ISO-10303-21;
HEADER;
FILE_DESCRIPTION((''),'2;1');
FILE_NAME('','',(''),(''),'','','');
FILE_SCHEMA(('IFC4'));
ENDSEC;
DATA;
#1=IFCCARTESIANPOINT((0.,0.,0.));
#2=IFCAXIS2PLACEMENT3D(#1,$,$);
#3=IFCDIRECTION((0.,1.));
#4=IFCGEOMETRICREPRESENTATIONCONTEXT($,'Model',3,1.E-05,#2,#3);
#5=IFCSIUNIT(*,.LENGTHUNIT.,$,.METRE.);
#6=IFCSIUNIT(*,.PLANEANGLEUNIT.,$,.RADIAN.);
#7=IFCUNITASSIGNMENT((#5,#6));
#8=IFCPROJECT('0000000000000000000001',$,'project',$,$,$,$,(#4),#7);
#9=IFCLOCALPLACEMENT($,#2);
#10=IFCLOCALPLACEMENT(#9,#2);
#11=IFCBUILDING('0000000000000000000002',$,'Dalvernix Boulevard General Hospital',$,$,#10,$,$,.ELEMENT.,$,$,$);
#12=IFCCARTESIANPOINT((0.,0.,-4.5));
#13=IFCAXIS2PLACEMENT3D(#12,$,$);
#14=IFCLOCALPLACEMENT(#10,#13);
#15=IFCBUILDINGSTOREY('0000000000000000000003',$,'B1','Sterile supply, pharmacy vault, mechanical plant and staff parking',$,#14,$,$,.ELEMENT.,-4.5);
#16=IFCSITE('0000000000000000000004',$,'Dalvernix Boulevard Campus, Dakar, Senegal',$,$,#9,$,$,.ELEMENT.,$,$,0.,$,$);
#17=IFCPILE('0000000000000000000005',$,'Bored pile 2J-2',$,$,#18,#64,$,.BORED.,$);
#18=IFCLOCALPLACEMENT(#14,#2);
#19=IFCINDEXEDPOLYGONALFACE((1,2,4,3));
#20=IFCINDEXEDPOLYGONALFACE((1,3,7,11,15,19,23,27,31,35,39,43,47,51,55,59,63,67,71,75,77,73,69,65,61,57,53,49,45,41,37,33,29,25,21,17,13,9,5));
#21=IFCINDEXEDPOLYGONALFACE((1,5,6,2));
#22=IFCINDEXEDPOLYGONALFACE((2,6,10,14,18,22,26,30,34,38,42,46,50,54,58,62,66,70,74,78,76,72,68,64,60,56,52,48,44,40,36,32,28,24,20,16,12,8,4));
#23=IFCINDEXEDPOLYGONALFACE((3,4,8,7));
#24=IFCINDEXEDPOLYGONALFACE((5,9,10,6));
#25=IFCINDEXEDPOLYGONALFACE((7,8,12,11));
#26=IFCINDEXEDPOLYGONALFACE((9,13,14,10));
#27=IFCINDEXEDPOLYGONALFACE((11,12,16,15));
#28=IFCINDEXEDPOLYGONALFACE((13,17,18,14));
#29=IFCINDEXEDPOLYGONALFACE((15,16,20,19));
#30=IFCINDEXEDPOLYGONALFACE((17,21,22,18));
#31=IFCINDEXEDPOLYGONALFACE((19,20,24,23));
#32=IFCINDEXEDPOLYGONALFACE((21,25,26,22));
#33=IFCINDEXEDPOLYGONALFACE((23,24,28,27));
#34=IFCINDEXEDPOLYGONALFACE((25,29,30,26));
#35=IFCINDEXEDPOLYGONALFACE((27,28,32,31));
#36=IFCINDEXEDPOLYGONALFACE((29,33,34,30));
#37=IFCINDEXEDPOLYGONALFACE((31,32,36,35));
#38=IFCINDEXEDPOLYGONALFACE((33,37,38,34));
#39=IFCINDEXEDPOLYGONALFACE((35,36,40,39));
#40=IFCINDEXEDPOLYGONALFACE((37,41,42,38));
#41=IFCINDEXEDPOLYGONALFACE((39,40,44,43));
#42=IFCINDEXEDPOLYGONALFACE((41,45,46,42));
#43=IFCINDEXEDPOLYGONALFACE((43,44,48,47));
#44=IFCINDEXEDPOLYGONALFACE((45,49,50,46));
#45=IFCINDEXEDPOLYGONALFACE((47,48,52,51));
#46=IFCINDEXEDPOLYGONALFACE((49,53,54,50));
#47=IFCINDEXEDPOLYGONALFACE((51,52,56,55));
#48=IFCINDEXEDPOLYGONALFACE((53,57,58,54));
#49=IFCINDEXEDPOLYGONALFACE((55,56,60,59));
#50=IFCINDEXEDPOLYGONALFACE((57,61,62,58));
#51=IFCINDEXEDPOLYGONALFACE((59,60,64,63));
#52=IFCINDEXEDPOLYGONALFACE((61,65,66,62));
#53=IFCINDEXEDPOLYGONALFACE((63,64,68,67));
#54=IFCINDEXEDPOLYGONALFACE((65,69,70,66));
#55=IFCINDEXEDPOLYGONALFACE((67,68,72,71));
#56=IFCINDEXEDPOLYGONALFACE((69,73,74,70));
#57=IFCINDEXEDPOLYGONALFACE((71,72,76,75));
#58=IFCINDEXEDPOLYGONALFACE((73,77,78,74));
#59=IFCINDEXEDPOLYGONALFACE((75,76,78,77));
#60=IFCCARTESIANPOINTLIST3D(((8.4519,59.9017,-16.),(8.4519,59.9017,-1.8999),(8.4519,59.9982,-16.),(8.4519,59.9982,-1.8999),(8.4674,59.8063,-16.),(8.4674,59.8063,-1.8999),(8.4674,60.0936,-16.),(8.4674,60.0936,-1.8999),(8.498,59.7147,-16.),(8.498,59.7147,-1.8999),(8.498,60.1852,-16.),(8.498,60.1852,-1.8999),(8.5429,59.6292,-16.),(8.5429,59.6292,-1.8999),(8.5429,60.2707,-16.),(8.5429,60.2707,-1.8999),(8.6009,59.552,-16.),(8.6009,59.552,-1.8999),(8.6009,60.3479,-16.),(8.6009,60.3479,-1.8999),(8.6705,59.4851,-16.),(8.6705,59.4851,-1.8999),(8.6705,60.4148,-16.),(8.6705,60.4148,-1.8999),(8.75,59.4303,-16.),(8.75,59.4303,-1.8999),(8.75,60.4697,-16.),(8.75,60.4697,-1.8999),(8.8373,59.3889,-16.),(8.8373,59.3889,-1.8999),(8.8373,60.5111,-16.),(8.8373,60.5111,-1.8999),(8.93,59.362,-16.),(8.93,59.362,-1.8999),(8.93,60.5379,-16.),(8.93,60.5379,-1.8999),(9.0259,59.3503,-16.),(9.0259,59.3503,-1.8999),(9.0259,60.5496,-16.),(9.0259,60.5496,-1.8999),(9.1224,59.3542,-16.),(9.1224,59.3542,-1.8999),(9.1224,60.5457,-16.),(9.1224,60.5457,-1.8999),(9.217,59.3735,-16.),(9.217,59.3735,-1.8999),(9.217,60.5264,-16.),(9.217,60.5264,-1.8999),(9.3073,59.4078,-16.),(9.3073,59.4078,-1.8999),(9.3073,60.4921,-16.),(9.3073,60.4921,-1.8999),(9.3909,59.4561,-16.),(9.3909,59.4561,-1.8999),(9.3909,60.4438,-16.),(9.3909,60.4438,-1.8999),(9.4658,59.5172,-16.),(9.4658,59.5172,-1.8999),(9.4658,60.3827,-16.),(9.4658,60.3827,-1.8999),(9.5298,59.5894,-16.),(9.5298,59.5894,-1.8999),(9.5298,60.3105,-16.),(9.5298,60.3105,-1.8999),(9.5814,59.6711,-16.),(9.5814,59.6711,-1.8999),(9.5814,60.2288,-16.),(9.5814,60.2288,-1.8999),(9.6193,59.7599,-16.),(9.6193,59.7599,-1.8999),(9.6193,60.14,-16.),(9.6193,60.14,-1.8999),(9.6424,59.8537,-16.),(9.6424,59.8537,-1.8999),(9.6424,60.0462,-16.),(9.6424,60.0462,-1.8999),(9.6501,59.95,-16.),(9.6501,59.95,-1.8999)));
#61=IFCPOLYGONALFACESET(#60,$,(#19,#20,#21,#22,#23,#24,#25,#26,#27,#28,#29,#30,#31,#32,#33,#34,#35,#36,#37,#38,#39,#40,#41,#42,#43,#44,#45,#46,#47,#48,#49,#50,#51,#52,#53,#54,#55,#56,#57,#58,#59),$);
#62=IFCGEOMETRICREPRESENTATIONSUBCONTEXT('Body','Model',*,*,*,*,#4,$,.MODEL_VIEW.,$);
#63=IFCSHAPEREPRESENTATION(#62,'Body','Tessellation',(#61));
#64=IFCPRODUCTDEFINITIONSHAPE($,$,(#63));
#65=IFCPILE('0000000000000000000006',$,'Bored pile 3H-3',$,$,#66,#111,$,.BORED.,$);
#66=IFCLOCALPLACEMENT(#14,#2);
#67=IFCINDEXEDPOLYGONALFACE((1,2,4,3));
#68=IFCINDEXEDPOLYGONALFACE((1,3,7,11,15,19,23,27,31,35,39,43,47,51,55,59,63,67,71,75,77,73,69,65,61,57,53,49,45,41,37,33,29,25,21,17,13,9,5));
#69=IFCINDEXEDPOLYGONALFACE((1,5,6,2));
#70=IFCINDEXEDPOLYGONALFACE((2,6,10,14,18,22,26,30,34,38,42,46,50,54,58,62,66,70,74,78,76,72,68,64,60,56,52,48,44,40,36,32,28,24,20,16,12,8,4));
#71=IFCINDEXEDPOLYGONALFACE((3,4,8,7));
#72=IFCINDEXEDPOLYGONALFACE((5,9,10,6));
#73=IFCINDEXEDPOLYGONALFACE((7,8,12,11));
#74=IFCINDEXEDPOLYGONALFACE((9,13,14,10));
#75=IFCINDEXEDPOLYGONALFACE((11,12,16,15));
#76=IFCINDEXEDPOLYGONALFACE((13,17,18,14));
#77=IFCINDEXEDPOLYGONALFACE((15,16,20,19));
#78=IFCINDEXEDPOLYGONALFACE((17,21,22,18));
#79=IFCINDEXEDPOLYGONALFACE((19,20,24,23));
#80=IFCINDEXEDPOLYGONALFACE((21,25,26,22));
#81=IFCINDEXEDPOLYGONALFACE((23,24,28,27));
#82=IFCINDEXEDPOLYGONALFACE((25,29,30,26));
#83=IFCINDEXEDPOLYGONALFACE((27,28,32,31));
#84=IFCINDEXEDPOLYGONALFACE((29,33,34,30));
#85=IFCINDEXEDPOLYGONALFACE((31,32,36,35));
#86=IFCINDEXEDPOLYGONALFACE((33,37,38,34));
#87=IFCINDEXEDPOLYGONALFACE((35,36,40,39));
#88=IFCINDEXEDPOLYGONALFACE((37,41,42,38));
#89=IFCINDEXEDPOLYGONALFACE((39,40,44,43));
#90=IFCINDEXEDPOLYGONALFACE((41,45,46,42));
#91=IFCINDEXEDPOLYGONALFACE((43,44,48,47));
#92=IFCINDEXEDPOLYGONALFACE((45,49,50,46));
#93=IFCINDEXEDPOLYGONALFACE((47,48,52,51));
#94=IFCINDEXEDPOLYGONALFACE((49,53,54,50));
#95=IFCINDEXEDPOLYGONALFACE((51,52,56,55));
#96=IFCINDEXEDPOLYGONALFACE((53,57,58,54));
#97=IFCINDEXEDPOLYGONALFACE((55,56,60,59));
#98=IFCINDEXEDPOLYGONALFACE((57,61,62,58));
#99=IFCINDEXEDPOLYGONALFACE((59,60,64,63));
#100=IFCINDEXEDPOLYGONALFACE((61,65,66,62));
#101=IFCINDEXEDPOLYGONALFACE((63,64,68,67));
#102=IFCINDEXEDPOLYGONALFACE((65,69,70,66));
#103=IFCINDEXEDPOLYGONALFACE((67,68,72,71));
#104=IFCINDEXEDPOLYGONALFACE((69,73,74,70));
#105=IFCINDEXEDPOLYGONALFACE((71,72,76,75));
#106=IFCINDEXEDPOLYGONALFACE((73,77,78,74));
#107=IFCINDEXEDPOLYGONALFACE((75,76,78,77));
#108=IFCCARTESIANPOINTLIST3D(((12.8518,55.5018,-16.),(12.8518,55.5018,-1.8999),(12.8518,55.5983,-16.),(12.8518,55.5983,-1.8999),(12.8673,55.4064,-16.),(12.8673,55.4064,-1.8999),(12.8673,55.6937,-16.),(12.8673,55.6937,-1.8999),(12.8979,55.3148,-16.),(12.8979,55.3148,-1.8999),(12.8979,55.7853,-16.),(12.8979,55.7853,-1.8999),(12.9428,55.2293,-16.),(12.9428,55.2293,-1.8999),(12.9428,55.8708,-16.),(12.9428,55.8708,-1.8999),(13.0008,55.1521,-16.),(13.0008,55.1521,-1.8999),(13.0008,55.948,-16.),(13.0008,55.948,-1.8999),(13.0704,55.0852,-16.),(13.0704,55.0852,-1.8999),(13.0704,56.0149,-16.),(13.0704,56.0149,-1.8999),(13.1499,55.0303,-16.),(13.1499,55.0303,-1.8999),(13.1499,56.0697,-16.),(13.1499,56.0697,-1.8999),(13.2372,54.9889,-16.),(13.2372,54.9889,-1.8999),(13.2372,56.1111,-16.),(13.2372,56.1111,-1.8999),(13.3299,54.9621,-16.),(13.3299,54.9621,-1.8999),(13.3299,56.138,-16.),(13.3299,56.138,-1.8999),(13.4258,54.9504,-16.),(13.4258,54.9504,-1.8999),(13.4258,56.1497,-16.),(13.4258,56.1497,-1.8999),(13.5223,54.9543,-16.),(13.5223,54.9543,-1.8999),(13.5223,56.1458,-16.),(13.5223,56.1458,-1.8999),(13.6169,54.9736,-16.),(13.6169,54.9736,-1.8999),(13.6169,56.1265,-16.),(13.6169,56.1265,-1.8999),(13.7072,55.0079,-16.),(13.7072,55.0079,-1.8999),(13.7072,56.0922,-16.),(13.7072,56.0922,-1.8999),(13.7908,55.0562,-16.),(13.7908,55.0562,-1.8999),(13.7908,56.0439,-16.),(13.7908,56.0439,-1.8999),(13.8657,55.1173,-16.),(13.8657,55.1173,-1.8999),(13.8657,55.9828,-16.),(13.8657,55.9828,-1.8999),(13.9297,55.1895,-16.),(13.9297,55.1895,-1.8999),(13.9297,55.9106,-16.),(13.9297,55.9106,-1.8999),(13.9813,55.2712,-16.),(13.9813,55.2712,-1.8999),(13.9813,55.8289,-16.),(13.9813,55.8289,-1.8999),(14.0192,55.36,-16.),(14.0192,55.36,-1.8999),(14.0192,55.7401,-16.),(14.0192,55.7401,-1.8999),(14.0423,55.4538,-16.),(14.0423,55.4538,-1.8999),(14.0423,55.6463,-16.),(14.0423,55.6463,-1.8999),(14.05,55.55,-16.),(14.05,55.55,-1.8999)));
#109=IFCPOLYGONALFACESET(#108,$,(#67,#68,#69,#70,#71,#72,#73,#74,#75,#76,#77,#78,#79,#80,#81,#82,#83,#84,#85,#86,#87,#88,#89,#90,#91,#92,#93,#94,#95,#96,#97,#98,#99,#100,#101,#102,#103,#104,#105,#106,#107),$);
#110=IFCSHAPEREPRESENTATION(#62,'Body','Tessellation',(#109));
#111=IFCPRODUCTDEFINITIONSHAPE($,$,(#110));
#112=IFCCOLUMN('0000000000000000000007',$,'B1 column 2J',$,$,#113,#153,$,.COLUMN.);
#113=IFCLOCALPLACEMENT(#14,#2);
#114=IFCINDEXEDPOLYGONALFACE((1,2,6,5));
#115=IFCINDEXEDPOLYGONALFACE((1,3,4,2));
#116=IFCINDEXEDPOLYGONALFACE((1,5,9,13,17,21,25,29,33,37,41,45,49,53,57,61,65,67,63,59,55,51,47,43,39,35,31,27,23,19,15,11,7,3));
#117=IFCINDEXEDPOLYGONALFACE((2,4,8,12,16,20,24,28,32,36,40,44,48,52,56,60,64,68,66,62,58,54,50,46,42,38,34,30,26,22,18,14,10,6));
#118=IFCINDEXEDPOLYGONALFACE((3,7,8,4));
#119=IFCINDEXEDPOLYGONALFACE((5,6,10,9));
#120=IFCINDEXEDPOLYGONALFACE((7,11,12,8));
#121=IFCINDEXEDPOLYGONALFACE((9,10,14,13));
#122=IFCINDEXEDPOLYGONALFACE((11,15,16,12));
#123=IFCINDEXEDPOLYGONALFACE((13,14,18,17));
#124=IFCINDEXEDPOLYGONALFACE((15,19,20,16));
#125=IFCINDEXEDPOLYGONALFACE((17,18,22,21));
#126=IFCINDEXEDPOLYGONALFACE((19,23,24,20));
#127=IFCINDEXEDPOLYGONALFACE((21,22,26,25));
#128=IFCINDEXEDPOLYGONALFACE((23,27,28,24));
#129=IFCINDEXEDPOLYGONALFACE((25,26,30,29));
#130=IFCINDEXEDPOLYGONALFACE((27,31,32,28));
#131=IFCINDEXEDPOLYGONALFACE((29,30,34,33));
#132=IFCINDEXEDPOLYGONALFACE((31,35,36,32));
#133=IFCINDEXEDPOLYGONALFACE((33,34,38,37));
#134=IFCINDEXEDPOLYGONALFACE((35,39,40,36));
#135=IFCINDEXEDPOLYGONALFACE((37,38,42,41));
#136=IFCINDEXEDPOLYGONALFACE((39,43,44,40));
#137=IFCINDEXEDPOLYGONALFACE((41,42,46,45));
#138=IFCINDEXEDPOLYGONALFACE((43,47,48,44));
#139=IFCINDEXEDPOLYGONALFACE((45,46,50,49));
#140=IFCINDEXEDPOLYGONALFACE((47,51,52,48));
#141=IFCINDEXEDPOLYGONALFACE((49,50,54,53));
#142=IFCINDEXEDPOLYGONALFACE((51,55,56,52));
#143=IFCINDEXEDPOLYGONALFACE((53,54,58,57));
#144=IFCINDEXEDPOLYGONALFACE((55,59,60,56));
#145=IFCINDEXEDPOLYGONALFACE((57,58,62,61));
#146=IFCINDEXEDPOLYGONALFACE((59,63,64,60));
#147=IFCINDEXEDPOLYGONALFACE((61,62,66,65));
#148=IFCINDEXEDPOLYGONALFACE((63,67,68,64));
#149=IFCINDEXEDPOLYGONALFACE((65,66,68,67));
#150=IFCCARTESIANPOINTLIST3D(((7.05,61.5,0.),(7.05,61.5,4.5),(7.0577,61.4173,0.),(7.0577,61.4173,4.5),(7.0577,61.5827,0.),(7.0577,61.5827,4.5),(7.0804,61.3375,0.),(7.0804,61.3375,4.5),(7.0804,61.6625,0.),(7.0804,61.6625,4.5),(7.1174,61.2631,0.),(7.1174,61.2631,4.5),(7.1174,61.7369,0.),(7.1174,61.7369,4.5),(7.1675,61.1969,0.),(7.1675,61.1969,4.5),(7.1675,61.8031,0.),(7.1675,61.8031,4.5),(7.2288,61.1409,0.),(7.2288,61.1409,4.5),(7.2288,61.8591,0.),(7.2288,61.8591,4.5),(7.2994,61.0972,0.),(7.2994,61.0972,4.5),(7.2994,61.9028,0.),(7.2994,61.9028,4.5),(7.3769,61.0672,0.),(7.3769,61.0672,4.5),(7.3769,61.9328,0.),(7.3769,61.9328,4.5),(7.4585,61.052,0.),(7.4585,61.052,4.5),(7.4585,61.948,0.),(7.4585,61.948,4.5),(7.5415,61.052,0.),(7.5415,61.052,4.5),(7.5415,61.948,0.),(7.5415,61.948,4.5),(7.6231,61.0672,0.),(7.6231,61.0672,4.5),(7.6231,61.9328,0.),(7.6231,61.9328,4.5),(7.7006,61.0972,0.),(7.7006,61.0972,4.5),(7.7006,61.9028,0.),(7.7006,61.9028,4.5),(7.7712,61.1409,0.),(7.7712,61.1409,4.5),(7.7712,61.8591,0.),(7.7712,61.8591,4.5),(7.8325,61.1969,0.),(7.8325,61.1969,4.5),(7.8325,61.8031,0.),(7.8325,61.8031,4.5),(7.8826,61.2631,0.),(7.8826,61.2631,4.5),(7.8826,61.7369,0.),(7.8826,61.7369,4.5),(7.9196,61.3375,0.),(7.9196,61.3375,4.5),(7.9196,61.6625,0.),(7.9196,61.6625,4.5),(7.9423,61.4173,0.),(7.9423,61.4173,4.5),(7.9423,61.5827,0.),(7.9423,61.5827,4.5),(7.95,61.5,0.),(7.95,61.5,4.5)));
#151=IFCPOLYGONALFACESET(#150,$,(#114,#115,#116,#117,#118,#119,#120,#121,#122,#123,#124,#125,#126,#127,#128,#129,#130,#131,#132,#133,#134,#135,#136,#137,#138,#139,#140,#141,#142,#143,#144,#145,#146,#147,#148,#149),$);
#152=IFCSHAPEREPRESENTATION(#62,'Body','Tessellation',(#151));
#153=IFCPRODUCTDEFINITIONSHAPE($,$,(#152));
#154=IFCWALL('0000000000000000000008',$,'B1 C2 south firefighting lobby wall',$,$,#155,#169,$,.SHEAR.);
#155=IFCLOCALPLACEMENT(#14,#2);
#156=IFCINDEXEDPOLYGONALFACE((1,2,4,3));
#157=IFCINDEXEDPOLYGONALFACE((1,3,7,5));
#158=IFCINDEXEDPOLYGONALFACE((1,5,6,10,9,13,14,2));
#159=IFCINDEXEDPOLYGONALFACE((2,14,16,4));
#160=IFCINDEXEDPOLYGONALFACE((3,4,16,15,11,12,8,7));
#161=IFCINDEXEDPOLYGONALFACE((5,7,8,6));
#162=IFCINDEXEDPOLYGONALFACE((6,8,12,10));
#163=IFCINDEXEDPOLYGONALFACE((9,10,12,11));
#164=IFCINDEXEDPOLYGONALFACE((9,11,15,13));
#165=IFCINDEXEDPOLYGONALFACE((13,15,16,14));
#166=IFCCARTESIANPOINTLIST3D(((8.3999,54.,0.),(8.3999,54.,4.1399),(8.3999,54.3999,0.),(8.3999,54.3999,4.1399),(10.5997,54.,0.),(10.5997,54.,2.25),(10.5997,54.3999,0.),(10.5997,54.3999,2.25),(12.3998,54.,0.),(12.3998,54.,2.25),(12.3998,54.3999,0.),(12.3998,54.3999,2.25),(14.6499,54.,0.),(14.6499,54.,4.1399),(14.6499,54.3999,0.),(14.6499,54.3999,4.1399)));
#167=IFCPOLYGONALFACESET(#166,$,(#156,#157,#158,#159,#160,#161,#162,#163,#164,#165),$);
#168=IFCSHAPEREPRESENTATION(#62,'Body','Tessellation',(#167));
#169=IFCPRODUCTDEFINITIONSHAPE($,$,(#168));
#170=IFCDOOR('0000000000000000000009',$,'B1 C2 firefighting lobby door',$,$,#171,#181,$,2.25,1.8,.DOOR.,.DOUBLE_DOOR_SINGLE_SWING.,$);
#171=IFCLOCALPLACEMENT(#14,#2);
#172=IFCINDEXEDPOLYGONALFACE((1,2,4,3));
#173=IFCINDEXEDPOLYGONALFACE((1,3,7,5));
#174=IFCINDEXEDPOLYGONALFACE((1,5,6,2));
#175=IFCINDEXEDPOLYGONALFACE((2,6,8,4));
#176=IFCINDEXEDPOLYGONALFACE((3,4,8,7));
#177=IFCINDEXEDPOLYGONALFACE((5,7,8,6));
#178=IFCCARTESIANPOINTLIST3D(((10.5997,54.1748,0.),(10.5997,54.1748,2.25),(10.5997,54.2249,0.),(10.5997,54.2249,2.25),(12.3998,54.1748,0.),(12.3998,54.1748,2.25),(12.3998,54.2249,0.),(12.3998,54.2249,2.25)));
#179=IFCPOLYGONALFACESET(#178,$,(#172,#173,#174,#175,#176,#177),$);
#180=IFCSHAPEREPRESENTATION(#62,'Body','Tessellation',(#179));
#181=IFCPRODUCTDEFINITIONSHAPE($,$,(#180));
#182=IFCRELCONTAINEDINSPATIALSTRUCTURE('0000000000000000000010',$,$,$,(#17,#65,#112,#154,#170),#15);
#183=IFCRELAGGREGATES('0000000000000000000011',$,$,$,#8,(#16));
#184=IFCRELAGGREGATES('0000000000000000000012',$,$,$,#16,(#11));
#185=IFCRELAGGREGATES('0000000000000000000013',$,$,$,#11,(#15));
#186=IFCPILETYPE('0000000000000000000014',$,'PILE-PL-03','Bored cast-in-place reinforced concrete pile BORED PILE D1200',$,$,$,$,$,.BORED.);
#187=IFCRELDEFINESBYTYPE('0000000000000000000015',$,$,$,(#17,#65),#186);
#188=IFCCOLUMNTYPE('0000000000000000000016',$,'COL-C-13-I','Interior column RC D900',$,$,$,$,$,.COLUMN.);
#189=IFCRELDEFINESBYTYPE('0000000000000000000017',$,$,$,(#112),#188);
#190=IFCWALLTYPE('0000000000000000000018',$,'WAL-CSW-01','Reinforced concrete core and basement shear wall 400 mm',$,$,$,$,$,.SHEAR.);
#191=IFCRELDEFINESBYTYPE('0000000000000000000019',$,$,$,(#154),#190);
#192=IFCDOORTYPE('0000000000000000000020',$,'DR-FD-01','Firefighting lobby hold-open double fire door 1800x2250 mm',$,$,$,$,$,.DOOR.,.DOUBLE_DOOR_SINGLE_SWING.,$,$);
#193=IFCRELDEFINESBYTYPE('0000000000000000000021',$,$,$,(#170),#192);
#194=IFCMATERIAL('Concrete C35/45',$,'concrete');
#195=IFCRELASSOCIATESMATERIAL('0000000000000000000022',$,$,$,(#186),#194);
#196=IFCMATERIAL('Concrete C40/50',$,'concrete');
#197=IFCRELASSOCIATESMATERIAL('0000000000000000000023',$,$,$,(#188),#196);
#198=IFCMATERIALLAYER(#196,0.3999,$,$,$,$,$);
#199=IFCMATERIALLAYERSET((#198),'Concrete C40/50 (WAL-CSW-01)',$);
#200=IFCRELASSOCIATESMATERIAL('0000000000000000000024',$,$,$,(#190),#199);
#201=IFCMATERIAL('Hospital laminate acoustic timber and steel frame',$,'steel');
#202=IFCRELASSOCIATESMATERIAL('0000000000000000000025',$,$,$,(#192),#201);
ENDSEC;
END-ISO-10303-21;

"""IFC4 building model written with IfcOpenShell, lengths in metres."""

from ifc_helpers import new_model, si_unit, direction, frame, frame_2d, origin, origin_2d, place, context, subcontext, project, spatial, rectangle, circle, extrude, material, layer, layer_set, material_profile, profile_set, type_object, element, fill, save


model = new_model("IFC4")

# Units and contexts
model_context = context("Model", 3, precision=1e-05, world=origin(), true_north=direction((0.0, 1.0)))
body_context = subcontext(model_context, "Body", "Model", "MODEL_VIEW")
ifc_project = project(units=[si_unit("LENGTHUNIT", "METRE"), si_unit("PLANEANGLEUNIT", "RADIAN")], contexts=[model_context])

# Site, building, storey
site_placement = place(None, origin())
site = spatial("IfcSite", under=ifc_project, at=site_placement, Name="Dalvernix Boulevard Campus, Dakar, Senegal", CompositionType="ELEMENT", RefElevation=0.0)
building_placement = place(site_placement, origin())
building = spatial("IfcBuilding", under=site, at=building_placement, Name="Dalvernix Boulevard General Hospital", CompositionType="ELEMENT")
storey_placement = place(building_placement, frame((0.0, 0.0, -4.5)))
storey = spatial("IfcBuildingStorey", under=building, at=storey_placement, Name="B1", Description="Sterile supply, pharmacy vault, mechanical plant and staff parking", CompositionType="ELEMENT", Elevation=-4.5)

# Shared definitions
ifc_material_1 = material(Name="Concrete C35/45", Category="concrete")
ifc_material_2 = material(Name="Concrete C40/50", Category="concrete")

# Piles
ifc_material_profile_1 = material_profile(ifc_material_1, circle(Radius=0.6001, at=origin_2d()), Name="BORED PILE D1200")
ifc_profile_set_1 = profile_set([ifc_material_profile_1], Name="Concrete C35/45")
pile_type = type_object("IfcPileType", Name="PILE-PL-03", Description="Bored cast-in-place reinforced concrete pile BORED PILE D1200", PredefinedType="BORED", material=ifc_profile_set_1)
for number, where, z_axis, x_axis, name in (
    (1, (9.05, 59.95, -1.8999), (0.0, 0.0, -1.0), (1.0, 0.0, 0.0), "Bored pile 2J-2"),
    (2, (13.45, 55.55, -1.8999), (0.0, 0.0, -1.0), (1.0, 0.0, 0.0), "Bored pile 3H-3"),
):
    element("IfcPile", number, at=place(storey_placement, frame(where, z_axis=z_axis, x_axis=x_axis)), inside=storey, type_object=pile_type, Name=name, PredefinedType="BORED", context=body_context, shape_type="SweptSolid", body=[
        extrude(circle(Radius=0.6001, at=origin_2d()), origin(), (0.0, 0.0, 1.0), 14.1001),
    ])

# Column
ifc_material_profile_2 = material_profile(ifc_material_2, circle(Radius=0.45, at=origin_2d()), Name="RC D900")
ifc_profile_set_2 = profile_set([ifc_material_profile_2], Name="Concrete C40/50")
column_type = type_object("IfcColumnType", Name="COL-C-13-I", Description="Interior column RC D900", PredefinedType="COLUMN", material=ifc_profile_set_2)
column_placement = place(storey_placement, frame((7.5, 61.5, 0.0), z_axis=(0.0, 0.0, 1.0), x_axis=(1.0, 0.0, 0.0)))
element("IfcColumn", 3, at=column_placement, inside=storey, type_object=column_type, Name="B1 column 2J", PredefinedType="COLUMN", context=body_context, shape_type="SweptSolid", body=[
    extrude(circle(Radius=0.45, at=origin_2d()), origin(), (0.0, 0.0, 1.0), 4.5),
])

# Wall, opening, door
ifc_layer_1 = layer(ifc_material_2, 0.3999)
ifc_layer_set_1 = layer_set([ifc_layer_1], Name="Concrete C40/50 (WAL-CSW-01)")
wall_type_1 = type_object("IfcWallType", Name="WAL-CSW-01", Description="Reinforced concrete core and basement shear wall 400 mm", PredefinedType="SHEAR", material=ifc_layer_set_1)
wall_1_placement = place(storey_placement, frame((8.3999, 54.2, 0.0), z_axis=(0.0, 0.0, 1.0), x_axis=(1.0, 0.0, 0.0)))
wall_1 = element("IfcWall", 4, at=wall_1_placement, inside=storey, type_object=wall_type_1, Name="B1 C2 south firefighting lobby wall", PredefinedType="SHEAR", context=body_context, shape_type="SweptSolid", body=[
    extrude(rectangle(XDim=6.25, YDim=0.3999, at=frame_2d((3.125, 0.0))), origin(), (0.0, 0.0, 1.0), 4.1399),
])
opening_1_placement = place(wall_1_placement, frame((2.2, 0.0, 0.0)))
opening_1 = element("IfcOpeningElement", 5, at=opening_1_placement, cuts=wall_1, PredefinedType="OPENING", context=body_context, shape_type="SweptSolid", body=[
    extrude(rectangle(XDim=1.8, YDim=2.25, at=frame_2d((0.8999, 1.125))), frame((0.0, 0.21, 0.0), z_axis=(0.0, -1.0, 0.0), x_axis=(1.0, 0.0, 0.0)), (0.0, 0.0, 1.0), 0.4199),
])
ifc_material_3 = material(Name="Hospital laminate acoustic timber and steel frame", Category="steel")
door_type_1 = type_object("IfcDoorType", Name="DR-FD-01", Description="Firefighting lobby hold-open double fire door 1800x2250 mm", OperationType="DOUBLE_DOOR_SINGLE_SWING", PredefinedType="DOOR", material=ifc_material_3)
door_1_placement = place(opening_1_placement, origin())
door_1 = element("IfcDoor", 6, at=door_1_placement, inside=storey, type_object=door_type_1, Name="B1 C2 firefighting lobby door", OperationType="DOUBLE_DOOR_SINGLE_SWING", OverallHeight=2.25, OverallWidth=1.8, PredefinedType="DOOR", context=body_context, shape_type="SweptSolid", body=[
    extrude(rectangle(XDim=1.8, YDim=2.25, at=frame_2d((0.8999, 1.125))), frame((0.0, 0.0249, 0.0), z_axis=(0.0, -1.0, 0.0), x_axis=(1.0, 0.0, 0.0)), (0.0, 0.0, 1.0), 0.05),
])
fill(opening_1, door_1)

save(model, "model.ifc")
